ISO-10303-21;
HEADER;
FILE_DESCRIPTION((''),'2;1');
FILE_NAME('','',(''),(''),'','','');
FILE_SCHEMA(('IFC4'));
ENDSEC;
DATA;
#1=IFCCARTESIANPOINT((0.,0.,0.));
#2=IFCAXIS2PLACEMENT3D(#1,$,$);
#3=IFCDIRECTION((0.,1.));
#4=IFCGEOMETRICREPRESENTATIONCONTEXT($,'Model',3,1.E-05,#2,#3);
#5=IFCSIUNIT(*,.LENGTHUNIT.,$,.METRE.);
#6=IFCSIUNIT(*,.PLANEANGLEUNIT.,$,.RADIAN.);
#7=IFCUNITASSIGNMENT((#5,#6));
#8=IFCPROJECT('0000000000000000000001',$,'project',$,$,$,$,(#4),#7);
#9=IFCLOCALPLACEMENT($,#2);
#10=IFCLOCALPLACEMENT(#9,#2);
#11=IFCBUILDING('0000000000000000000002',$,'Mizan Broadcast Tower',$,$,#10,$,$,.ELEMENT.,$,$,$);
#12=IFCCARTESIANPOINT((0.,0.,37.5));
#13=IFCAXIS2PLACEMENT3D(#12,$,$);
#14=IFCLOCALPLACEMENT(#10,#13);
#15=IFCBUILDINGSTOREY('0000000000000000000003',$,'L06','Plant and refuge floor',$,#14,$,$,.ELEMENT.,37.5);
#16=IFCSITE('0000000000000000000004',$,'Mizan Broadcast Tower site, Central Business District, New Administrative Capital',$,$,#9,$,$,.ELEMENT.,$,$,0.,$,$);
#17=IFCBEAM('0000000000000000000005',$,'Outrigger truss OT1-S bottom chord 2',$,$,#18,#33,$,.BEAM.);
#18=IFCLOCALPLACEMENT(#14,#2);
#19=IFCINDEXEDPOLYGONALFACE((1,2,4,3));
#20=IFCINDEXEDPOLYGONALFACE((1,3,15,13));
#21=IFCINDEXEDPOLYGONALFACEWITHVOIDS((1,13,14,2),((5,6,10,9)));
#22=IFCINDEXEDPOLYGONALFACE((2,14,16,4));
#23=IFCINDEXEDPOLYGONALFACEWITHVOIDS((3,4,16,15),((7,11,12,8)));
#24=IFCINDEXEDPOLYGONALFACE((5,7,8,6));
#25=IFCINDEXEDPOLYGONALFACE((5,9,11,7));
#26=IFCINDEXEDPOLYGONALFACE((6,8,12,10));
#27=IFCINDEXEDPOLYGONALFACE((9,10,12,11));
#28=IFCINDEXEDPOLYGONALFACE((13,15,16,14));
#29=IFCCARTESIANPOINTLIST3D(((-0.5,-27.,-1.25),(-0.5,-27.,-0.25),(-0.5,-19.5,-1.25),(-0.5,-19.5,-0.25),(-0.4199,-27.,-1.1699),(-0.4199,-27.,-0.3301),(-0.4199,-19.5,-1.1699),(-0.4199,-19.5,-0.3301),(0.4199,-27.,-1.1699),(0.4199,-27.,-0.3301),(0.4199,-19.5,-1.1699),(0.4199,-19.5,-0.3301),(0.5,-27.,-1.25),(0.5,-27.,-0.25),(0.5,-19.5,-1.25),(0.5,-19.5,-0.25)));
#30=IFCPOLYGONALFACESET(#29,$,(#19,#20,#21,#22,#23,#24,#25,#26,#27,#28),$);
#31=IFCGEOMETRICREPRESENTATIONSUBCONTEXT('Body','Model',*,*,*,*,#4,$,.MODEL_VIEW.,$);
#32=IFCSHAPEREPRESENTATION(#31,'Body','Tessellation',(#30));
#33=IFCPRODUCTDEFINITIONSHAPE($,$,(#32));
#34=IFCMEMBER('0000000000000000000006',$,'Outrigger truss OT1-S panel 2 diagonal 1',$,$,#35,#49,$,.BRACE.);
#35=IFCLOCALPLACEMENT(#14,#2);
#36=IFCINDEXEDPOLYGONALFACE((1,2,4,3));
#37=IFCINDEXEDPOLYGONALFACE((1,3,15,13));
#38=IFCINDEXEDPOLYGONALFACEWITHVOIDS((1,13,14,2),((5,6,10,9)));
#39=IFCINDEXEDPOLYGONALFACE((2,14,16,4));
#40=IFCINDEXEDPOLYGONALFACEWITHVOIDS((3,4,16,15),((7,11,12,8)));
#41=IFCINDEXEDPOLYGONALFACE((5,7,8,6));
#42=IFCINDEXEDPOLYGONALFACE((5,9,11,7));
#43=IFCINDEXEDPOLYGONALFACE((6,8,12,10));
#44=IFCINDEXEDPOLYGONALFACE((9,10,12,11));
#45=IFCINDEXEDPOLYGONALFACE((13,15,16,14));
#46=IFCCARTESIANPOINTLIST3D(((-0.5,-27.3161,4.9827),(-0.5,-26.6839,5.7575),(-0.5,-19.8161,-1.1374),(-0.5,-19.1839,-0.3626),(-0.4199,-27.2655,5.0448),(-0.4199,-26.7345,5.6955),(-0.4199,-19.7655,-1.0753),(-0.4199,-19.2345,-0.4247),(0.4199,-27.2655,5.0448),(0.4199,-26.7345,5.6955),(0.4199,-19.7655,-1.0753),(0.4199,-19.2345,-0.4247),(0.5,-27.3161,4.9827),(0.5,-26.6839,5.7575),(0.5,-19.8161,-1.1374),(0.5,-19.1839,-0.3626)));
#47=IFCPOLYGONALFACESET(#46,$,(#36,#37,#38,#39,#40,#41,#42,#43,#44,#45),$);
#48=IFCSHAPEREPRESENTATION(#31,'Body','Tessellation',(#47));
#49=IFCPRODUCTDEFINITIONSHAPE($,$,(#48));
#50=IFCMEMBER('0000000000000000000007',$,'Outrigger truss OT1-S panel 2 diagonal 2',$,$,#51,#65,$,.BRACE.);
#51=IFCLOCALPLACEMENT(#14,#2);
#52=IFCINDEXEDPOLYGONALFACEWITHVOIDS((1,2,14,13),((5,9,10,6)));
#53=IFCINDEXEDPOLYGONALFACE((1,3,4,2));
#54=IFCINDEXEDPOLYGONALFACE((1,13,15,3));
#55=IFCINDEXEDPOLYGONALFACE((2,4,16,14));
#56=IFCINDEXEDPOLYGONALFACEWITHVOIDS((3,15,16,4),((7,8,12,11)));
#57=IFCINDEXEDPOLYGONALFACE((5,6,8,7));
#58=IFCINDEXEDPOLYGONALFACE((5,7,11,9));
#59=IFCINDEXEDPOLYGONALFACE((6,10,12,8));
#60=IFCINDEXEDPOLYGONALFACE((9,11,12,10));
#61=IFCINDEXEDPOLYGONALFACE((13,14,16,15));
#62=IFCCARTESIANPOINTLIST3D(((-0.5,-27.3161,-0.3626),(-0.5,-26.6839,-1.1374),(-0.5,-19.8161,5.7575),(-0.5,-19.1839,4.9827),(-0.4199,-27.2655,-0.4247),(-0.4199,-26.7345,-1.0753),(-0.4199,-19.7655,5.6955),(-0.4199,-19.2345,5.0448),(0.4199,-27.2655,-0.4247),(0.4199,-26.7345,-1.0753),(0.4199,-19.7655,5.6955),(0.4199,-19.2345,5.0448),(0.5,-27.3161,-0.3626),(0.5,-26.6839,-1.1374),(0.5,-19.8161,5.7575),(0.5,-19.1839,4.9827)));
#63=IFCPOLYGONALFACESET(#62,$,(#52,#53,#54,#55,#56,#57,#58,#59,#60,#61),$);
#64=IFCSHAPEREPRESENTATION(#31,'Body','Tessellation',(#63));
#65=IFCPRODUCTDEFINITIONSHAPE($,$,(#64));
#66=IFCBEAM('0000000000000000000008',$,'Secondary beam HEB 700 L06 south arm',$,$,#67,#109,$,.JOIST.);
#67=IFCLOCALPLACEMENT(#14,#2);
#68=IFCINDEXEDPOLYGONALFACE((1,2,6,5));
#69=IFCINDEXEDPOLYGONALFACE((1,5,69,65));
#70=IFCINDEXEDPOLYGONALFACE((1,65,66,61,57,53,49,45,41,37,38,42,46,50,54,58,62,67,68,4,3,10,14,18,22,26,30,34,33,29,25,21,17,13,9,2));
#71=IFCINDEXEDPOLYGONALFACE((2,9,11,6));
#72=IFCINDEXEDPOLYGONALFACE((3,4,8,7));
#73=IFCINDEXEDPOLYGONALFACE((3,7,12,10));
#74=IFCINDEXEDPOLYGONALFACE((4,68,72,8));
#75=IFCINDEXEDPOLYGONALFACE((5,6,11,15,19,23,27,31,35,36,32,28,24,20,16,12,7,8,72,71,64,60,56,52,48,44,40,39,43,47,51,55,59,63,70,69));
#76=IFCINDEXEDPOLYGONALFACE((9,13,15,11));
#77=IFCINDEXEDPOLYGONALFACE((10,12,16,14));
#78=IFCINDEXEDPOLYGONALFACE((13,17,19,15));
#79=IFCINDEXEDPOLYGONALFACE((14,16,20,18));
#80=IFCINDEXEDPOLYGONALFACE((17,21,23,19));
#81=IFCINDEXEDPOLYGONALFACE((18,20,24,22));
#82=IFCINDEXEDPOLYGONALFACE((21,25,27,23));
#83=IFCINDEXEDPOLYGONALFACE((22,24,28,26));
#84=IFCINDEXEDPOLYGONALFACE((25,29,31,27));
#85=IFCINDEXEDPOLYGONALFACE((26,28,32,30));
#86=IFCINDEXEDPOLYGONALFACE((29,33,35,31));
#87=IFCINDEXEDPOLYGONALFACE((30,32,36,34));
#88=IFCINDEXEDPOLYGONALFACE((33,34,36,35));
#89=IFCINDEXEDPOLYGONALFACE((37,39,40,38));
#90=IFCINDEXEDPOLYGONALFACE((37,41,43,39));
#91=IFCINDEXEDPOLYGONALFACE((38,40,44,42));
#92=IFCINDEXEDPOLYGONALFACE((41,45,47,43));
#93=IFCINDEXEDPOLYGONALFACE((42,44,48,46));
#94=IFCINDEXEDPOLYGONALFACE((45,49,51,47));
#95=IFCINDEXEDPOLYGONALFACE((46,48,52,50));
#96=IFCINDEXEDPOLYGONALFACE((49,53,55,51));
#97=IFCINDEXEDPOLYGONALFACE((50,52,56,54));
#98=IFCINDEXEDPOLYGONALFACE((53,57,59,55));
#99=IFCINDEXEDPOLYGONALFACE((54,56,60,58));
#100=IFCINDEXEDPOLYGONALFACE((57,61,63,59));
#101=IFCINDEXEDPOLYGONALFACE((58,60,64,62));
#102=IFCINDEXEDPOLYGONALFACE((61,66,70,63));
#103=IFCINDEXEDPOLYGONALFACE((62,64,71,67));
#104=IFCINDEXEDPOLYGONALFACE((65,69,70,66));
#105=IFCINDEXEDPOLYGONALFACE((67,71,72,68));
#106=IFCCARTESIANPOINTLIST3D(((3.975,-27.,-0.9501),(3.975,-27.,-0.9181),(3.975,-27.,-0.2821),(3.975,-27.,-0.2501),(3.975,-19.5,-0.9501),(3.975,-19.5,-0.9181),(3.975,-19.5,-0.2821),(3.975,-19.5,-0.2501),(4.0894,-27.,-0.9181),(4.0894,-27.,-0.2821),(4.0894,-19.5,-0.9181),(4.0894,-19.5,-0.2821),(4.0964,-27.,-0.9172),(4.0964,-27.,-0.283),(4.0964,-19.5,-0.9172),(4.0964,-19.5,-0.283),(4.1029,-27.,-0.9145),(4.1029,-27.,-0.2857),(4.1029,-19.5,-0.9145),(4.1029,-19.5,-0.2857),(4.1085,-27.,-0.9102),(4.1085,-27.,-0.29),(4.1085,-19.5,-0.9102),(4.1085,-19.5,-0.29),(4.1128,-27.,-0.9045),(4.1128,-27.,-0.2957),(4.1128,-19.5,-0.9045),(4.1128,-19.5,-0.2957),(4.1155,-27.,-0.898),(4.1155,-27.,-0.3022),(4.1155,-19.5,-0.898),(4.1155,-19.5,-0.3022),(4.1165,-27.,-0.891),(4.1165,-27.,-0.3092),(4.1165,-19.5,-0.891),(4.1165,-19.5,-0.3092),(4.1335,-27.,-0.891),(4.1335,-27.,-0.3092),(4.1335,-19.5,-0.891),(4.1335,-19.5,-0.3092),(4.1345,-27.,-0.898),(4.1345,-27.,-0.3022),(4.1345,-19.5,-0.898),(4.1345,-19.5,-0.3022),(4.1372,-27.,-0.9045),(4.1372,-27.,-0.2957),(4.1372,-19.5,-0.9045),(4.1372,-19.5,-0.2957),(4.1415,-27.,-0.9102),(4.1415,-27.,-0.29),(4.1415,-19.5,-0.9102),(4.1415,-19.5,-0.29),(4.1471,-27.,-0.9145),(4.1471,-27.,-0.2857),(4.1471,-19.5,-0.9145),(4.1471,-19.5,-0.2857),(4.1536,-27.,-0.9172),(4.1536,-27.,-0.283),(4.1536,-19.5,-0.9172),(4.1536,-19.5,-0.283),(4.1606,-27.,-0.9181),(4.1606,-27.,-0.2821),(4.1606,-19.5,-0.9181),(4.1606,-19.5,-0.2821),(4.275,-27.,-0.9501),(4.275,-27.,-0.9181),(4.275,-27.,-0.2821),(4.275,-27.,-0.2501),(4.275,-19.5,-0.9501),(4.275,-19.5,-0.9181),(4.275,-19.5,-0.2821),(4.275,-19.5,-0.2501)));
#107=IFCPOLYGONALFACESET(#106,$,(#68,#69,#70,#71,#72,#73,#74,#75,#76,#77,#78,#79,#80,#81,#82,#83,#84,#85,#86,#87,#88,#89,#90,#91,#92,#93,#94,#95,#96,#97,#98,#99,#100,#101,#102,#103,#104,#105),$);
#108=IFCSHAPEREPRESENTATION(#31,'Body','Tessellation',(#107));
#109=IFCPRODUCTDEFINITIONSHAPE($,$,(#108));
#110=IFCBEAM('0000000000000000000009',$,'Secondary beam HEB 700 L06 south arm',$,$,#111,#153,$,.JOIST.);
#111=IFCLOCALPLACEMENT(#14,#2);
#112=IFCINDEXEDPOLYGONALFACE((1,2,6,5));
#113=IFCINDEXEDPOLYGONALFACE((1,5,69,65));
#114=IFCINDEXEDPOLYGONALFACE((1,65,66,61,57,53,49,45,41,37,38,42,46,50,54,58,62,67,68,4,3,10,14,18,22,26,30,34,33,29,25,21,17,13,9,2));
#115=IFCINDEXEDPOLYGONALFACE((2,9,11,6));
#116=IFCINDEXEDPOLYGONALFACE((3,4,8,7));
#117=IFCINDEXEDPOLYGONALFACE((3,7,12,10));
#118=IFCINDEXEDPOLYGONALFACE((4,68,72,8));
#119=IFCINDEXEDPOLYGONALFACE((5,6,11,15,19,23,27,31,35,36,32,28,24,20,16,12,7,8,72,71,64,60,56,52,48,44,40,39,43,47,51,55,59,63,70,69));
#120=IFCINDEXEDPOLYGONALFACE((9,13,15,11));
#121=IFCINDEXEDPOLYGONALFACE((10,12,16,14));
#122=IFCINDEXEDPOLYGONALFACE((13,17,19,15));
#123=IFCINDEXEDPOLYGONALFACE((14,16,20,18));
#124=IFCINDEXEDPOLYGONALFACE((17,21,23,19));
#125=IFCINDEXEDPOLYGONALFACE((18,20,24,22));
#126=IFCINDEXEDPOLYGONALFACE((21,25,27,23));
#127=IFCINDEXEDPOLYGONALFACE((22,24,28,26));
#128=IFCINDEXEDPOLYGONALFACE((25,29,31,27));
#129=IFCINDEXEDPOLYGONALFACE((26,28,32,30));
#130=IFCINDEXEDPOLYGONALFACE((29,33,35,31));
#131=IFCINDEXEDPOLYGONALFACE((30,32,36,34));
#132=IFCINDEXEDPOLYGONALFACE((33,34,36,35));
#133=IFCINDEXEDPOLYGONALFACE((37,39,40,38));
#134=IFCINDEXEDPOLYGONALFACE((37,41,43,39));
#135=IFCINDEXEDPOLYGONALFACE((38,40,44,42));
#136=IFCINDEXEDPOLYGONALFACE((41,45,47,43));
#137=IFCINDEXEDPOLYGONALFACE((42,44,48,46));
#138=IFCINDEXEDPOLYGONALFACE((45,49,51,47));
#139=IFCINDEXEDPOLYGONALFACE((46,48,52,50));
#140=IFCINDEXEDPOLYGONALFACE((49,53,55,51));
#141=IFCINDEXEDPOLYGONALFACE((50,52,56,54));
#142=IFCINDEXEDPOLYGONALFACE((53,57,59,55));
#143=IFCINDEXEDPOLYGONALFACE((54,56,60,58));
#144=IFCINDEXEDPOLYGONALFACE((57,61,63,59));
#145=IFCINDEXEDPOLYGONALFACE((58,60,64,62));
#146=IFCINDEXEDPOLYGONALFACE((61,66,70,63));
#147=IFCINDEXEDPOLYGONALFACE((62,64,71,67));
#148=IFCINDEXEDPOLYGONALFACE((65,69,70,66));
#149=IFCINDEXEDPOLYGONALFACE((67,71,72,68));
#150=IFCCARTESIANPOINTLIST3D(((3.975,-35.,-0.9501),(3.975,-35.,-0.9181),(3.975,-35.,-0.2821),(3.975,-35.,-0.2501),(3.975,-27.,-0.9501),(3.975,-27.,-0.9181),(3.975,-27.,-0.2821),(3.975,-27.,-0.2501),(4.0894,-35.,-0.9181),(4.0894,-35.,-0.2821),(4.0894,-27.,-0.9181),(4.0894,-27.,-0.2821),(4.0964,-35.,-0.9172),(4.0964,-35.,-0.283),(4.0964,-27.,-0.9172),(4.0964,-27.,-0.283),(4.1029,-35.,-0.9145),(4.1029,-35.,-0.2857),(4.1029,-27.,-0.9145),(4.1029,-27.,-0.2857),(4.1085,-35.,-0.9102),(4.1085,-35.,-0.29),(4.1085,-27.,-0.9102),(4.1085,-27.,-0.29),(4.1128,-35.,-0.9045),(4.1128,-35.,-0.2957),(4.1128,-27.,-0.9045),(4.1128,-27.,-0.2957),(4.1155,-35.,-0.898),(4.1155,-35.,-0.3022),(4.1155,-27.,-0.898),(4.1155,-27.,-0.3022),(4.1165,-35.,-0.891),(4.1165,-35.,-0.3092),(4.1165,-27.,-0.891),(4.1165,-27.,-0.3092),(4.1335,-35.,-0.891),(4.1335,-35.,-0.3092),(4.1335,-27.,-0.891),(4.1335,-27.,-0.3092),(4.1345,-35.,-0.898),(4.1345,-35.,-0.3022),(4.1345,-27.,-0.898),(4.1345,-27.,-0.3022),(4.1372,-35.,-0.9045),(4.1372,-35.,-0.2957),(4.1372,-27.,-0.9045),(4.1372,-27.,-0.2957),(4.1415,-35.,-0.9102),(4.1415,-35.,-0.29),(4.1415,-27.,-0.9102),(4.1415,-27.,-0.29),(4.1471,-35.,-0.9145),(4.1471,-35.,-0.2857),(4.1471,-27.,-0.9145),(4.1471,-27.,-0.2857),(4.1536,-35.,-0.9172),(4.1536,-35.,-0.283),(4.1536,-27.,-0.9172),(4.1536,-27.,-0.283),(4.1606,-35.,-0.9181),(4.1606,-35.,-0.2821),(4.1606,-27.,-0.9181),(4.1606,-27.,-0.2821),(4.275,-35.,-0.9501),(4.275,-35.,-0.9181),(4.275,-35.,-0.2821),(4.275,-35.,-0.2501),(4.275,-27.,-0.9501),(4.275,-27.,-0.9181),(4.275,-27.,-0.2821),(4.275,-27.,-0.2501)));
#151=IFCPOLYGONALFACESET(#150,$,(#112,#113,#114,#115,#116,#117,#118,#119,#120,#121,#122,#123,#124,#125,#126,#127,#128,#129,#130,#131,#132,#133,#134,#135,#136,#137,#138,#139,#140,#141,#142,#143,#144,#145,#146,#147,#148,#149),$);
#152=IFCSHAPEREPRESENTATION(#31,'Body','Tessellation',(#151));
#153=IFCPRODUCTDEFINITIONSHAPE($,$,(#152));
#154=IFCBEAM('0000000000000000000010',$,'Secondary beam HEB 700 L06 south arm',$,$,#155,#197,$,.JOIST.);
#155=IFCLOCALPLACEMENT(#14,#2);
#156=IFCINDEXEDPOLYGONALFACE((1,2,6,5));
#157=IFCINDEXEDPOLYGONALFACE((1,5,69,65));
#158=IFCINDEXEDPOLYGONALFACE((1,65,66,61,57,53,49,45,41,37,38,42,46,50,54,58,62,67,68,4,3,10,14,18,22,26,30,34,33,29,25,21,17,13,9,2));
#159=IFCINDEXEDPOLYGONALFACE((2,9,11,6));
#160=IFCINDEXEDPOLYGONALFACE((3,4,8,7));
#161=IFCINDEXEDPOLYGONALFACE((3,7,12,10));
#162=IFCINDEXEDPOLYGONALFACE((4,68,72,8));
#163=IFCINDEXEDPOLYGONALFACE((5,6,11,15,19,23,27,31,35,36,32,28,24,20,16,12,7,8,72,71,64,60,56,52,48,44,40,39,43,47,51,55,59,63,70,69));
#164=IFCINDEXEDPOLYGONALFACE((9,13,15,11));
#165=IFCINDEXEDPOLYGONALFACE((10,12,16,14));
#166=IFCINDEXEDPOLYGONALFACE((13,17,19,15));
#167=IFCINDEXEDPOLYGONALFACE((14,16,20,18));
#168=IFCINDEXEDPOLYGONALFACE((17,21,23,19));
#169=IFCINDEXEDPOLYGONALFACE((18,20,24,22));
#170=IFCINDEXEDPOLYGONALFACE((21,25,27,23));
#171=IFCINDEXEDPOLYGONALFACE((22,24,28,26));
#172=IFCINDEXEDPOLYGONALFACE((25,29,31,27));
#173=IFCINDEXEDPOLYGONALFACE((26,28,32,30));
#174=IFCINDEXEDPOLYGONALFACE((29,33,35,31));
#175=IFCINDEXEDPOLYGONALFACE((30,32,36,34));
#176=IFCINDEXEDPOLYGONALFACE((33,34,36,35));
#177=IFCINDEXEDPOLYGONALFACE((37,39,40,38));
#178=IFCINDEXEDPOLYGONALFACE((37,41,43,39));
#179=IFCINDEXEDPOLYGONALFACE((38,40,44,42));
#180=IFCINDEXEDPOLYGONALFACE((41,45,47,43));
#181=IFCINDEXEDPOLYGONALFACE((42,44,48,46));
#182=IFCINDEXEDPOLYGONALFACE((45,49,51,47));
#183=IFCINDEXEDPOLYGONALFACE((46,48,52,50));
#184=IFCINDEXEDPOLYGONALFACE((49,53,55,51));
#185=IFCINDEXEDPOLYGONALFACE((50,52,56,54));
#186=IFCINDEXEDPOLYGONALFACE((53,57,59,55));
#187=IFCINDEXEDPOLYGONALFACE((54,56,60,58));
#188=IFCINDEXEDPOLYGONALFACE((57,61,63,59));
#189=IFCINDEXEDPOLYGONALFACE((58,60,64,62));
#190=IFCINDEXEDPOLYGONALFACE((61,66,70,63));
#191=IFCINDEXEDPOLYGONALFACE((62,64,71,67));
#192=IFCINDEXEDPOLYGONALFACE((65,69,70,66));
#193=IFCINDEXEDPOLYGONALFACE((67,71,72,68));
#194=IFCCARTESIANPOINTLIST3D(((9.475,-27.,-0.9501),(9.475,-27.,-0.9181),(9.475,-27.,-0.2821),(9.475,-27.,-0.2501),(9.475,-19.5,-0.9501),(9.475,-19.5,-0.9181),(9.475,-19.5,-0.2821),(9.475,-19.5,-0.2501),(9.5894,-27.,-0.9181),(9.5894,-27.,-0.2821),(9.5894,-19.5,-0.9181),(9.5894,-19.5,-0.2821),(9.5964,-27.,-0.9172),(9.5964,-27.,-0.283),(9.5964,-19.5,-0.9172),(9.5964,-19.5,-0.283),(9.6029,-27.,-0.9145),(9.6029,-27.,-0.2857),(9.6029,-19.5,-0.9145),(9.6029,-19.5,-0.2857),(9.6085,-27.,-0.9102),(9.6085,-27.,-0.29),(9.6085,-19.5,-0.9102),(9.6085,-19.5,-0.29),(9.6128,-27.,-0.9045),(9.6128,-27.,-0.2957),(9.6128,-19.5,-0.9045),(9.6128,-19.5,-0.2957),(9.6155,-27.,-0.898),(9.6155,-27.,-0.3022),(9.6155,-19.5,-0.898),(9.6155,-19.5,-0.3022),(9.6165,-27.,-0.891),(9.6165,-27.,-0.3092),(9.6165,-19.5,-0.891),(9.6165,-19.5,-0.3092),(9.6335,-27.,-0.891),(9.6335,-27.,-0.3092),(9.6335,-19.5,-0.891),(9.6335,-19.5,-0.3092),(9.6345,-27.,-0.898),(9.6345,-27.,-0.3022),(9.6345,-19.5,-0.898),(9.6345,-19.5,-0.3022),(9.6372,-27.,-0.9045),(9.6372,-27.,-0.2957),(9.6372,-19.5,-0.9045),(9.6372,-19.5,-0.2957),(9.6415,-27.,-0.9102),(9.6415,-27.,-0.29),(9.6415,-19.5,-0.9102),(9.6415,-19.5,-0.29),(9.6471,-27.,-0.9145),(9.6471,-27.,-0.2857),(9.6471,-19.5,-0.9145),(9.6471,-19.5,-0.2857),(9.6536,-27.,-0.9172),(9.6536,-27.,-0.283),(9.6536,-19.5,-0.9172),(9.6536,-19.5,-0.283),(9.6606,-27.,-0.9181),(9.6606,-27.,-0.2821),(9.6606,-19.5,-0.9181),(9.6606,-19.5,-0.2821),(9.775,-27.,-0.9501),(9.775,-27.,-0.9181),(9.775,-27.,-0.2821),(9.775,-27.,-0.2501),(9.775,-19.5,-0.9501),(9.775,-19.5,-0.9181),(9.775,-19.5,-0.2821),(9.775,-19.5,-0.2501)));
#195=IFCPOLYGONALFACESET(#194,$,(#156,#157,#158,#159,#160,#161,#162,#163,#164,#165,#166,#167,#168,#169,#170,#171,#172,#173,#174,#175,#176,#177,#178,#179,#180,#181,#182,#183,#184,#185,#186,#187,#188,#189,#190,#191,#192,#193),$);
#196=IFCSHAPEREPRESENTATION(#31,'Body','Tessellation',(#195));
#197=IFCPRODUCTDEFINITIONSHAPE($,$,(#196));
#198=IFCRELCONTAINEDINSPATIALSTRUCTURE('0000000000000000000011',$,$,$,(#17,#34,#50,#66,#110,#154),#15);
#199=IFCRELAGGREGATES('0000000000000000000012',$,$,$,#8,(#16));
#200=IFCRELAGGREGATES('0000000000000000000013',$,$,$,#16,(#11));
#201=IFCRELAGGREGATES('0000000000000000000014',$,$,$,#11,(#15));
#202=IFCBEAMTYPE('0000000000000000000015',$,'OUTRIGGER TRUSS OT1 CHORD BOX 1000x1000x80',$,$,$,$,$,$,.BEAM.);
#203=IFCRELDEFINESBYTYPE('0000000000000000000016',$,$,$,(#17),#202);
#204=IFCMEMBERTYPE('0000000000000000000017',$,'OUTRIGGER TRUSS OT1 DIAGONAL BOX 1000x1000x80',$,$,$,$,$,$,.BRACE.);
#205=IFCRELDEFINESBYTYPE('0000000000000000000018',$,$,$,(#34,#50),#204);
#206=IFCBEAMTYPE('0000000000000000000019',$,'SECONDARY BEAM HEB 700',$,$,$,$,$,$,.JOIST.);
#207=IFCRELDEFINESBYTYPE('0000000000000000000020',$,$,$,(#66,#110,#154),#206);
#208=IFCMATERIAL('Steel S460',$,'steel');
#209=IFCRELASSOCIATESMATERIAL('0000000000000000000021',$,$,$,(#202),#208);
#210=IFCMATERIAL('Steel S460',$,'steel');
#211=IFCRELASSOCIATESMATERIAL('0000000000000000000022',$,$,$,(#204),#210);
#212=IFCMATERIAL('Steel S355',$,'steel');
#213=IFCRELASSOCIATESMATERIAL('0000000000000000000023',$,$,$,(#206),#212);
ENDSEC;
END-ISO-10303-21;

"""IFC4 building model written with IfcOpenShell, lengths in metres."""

from ifc_helpers import new_model, si_unit, direction, frame, origin, origin_2d, place, context, subcontext, project, spatial, hollow_rectangle, i_section, extrude, material, material_profile, profile_set, type_object, element, save


model = new_model("IFC4")

# Units and contexts
model_context = context("Model", 3, precision=1e-05, world=origin(), true_north=direction((0.0, 1.0)))
body_context = subcontext(model_context, "Body", "Model", "MODEL_VIEW")
ifc_project = project(units=[si_unit("LENGTHUNIT", "METRE"), si_unit("PLANEANGLEUNIT", "RADIAN")], contexts=[model_context])

# Site, building, storey
site_placement = place(None, origin())
site = spatial("IfcSite", under=ifc_project, at=site_placement, Name="Mizan Broadcast Tower site, Central Business District, New Administrative Capital", CompositionType="ELEMENT", RefElevation=0.0)
building_placement = place(site_placement, origin())
building = spatial("IfcBuilding", under=site, at=building_placement, Name="Mizan Broadcast Tower", CompositionType="ELEMENT")
storey_placement = place(building_placement, frame((0.0, 0.0, 37.5)))
storey = spatial("IfcBuildingStorey", under=building, at=storey_placement, Name="L06", Description="Plant and refuge floor", CompositionType="ELEMENT", Elevation=37.5)

# Beam
ifc_material_1 = material(Name="Steel S460", Category="steel")
ifc_material_profile_1 = material_profile(ifc_material_1, hollow_rectangle(XDim=1.0, YDim=1.0, WallThickness=0.0801, at=origin_2d()), Name="BOX 1000x1000x80")
ifc_profile_set_1 = profile_set([ifc_material_profile_1], Name="Steel S460")
beam_type_1 = type_object("IfcBeamType", Name="OUTRIGGER TRUSS OT1 CHORD BOX 1000x1000x80", PredefinedType="BEAM", material=ifc_profile_set_1)
beam_1_placement = place(storey_placement, frame((0.0, -19.5, -0.75), z_axis=(0.0, -1.0, 0.0), x_axis=(1.0, 0.0, 0.0)))
element("IfcBeam", 1, at=beam_1_placement, inside=storey, type_object=beam_type_1, Name="Outrigger truss OT1-S bottom chord 2", PredefinedType="BEAM", context=body_context, shape_type="SweptSolid", body=[
    extrude(hollow_rectangle(XDim=1.0, YDim=1.0, WallThickness=0.0801, at=origin_2d()), origin(), (0.0, 0.0, 1.0), 7.5),
])

# Members
ifc_material_2 = material(Name="Steel S460", Category="steel")
ifc_material_profile_2 = material_profile(ifc_material_2, hollow_rectangle(XDim=1.0, YDim=1.0, WallThickness=0.0801, at=origin_2d()), Name="BOX 1000x1000x80")
ifc_profile_set_2 = profile_set([ifc_material_profile_2], Name="Steel S460")
member_type_1 = type_object("IfcMemberType", Name="OUTRIGGER TRUSS OT1 DIAGONAL BOX 1000x1000x80", PredefinedType="BRACE", material=ifc_profile_set_2)
for number, where, z_axis, x_axis, name in (
    (2, (0.0, -19.5, -0.75), (0.0, -0.774779, 0.632232), (1.0, 0.0, 0.0), "Outrigger truss OT1-S panel 2 diagonal 1"),
    (3, (0.0, -19.5, 5.3701), (0.0, -0.774779, -0.632232), (1.0, 0.0, 0.0), "Outrigger truss OT1-S panel 2 diagonal 2"),
):
    element("IfcMember", number, at=place(storey_placement, frame(where, z_axis=z_axis, x_axis=x_axis)), inside=storey, type_object=member_type_1, Name=name, PredefinedType="BRACE", context=body_context, shape_type="SweptSolid", body=[
        extrude(hollow_rectangle(XDim=1.0, YDim=1.0, WallThickness=0.0801, at=origin_2d()), origin(), (0.0, 0.0, 1.0), 9.6802),
    ])

# Beams
ifc_material_3 = material(Name="Steel S355", Category="steel")
ifc_material_profile_3 = material_profile(ifc_material_3, i_section(OverallWidth=0.3, OverallDepth=0.7, WebThickness=0.0171, FlangeThickness=0.032, FilletRadius=0.0271, at=origin_2d()), Name="HEB 700")
ifc_profile_set_3 = profile_set([ifc_material_profile_3], Name="Steel S355")
beam_type_2 = type_object("IfcBeamType", Name="SECONDARY BEAM HEB 700", PredefinedType="JOIST", material=ifc_profile_set_3)
beam_2_placement = place(storey_placement, frame((4.125, -19.5, -0.6001), z_axis=(0.0, -1.0, 0.0), x_axis=(1.0, 0.0, 0.0)))
element("IfcBeam", 4, at=beam_2_placement, inside=storey, type_object=beam_type_2, Name="Secondary beam HEB 700 L06 south arm", PredefinedType="JOIST", context=body_context, shape_type="SweptSolid", body=[
    extrude(i_section(OverallWidth=0.3, OverallDepth=0.7, WebThickness=0.0171, FlangeThickness=0.032, FilletRadius=0.0271, at=origin_2d()), origin(), (0.0, 0.0, 1.0), 7.5),
])
beam_3_placement = place(storey_placement, frame((4.125, -27.0, -0.6001), z_axis=(0.0, -1.0, 0.0), x_axis=(1.0, 0.0, 0.0)))
element("IfcBeam", 5, at=beam_3_placement, inside=storey, type_object=beam_type_2, Name="Secondary beam HEB 700 L06 south arm", PredefinedType="JOIST", context=body_context, shape_type="SweptSolid", body=[
    extrude(i_section(OverallWidth=0.3, OverallDepth=0.7, WebThickness=0.0171, FlangeThickness=0.032, FilletRadius=0.0271, at=origin_2d()), origin(), (0.0, 0.0, 1.0), 8.0),
])
beam_4_placement = place(storey_placement, frame((9.625, -19.5, -0.6001), z_axis=(0.0, -1.0, 0.0), x_axis=(1.0, 0.0, 0.0)))
element("IfcBeam", 6, at=beam_4_placement, inside=storey, type_object=beam_type_2, Name="Secondary beam HEB 700 L06 south arm", PredefinedType="JOIST", context=body_context, shape_type="SweptSolid", body=[
    extrude(i_section(OverallWidth=0.3, OverallDepth=0.7, WebThickness=0.0171, FlangeThickness=0.032, FilletRadius=0.0271, at=origin_2d()), origin(), (0.0, 0.0, 1.0), 7.5),
])

save(model, "model.ifc")
